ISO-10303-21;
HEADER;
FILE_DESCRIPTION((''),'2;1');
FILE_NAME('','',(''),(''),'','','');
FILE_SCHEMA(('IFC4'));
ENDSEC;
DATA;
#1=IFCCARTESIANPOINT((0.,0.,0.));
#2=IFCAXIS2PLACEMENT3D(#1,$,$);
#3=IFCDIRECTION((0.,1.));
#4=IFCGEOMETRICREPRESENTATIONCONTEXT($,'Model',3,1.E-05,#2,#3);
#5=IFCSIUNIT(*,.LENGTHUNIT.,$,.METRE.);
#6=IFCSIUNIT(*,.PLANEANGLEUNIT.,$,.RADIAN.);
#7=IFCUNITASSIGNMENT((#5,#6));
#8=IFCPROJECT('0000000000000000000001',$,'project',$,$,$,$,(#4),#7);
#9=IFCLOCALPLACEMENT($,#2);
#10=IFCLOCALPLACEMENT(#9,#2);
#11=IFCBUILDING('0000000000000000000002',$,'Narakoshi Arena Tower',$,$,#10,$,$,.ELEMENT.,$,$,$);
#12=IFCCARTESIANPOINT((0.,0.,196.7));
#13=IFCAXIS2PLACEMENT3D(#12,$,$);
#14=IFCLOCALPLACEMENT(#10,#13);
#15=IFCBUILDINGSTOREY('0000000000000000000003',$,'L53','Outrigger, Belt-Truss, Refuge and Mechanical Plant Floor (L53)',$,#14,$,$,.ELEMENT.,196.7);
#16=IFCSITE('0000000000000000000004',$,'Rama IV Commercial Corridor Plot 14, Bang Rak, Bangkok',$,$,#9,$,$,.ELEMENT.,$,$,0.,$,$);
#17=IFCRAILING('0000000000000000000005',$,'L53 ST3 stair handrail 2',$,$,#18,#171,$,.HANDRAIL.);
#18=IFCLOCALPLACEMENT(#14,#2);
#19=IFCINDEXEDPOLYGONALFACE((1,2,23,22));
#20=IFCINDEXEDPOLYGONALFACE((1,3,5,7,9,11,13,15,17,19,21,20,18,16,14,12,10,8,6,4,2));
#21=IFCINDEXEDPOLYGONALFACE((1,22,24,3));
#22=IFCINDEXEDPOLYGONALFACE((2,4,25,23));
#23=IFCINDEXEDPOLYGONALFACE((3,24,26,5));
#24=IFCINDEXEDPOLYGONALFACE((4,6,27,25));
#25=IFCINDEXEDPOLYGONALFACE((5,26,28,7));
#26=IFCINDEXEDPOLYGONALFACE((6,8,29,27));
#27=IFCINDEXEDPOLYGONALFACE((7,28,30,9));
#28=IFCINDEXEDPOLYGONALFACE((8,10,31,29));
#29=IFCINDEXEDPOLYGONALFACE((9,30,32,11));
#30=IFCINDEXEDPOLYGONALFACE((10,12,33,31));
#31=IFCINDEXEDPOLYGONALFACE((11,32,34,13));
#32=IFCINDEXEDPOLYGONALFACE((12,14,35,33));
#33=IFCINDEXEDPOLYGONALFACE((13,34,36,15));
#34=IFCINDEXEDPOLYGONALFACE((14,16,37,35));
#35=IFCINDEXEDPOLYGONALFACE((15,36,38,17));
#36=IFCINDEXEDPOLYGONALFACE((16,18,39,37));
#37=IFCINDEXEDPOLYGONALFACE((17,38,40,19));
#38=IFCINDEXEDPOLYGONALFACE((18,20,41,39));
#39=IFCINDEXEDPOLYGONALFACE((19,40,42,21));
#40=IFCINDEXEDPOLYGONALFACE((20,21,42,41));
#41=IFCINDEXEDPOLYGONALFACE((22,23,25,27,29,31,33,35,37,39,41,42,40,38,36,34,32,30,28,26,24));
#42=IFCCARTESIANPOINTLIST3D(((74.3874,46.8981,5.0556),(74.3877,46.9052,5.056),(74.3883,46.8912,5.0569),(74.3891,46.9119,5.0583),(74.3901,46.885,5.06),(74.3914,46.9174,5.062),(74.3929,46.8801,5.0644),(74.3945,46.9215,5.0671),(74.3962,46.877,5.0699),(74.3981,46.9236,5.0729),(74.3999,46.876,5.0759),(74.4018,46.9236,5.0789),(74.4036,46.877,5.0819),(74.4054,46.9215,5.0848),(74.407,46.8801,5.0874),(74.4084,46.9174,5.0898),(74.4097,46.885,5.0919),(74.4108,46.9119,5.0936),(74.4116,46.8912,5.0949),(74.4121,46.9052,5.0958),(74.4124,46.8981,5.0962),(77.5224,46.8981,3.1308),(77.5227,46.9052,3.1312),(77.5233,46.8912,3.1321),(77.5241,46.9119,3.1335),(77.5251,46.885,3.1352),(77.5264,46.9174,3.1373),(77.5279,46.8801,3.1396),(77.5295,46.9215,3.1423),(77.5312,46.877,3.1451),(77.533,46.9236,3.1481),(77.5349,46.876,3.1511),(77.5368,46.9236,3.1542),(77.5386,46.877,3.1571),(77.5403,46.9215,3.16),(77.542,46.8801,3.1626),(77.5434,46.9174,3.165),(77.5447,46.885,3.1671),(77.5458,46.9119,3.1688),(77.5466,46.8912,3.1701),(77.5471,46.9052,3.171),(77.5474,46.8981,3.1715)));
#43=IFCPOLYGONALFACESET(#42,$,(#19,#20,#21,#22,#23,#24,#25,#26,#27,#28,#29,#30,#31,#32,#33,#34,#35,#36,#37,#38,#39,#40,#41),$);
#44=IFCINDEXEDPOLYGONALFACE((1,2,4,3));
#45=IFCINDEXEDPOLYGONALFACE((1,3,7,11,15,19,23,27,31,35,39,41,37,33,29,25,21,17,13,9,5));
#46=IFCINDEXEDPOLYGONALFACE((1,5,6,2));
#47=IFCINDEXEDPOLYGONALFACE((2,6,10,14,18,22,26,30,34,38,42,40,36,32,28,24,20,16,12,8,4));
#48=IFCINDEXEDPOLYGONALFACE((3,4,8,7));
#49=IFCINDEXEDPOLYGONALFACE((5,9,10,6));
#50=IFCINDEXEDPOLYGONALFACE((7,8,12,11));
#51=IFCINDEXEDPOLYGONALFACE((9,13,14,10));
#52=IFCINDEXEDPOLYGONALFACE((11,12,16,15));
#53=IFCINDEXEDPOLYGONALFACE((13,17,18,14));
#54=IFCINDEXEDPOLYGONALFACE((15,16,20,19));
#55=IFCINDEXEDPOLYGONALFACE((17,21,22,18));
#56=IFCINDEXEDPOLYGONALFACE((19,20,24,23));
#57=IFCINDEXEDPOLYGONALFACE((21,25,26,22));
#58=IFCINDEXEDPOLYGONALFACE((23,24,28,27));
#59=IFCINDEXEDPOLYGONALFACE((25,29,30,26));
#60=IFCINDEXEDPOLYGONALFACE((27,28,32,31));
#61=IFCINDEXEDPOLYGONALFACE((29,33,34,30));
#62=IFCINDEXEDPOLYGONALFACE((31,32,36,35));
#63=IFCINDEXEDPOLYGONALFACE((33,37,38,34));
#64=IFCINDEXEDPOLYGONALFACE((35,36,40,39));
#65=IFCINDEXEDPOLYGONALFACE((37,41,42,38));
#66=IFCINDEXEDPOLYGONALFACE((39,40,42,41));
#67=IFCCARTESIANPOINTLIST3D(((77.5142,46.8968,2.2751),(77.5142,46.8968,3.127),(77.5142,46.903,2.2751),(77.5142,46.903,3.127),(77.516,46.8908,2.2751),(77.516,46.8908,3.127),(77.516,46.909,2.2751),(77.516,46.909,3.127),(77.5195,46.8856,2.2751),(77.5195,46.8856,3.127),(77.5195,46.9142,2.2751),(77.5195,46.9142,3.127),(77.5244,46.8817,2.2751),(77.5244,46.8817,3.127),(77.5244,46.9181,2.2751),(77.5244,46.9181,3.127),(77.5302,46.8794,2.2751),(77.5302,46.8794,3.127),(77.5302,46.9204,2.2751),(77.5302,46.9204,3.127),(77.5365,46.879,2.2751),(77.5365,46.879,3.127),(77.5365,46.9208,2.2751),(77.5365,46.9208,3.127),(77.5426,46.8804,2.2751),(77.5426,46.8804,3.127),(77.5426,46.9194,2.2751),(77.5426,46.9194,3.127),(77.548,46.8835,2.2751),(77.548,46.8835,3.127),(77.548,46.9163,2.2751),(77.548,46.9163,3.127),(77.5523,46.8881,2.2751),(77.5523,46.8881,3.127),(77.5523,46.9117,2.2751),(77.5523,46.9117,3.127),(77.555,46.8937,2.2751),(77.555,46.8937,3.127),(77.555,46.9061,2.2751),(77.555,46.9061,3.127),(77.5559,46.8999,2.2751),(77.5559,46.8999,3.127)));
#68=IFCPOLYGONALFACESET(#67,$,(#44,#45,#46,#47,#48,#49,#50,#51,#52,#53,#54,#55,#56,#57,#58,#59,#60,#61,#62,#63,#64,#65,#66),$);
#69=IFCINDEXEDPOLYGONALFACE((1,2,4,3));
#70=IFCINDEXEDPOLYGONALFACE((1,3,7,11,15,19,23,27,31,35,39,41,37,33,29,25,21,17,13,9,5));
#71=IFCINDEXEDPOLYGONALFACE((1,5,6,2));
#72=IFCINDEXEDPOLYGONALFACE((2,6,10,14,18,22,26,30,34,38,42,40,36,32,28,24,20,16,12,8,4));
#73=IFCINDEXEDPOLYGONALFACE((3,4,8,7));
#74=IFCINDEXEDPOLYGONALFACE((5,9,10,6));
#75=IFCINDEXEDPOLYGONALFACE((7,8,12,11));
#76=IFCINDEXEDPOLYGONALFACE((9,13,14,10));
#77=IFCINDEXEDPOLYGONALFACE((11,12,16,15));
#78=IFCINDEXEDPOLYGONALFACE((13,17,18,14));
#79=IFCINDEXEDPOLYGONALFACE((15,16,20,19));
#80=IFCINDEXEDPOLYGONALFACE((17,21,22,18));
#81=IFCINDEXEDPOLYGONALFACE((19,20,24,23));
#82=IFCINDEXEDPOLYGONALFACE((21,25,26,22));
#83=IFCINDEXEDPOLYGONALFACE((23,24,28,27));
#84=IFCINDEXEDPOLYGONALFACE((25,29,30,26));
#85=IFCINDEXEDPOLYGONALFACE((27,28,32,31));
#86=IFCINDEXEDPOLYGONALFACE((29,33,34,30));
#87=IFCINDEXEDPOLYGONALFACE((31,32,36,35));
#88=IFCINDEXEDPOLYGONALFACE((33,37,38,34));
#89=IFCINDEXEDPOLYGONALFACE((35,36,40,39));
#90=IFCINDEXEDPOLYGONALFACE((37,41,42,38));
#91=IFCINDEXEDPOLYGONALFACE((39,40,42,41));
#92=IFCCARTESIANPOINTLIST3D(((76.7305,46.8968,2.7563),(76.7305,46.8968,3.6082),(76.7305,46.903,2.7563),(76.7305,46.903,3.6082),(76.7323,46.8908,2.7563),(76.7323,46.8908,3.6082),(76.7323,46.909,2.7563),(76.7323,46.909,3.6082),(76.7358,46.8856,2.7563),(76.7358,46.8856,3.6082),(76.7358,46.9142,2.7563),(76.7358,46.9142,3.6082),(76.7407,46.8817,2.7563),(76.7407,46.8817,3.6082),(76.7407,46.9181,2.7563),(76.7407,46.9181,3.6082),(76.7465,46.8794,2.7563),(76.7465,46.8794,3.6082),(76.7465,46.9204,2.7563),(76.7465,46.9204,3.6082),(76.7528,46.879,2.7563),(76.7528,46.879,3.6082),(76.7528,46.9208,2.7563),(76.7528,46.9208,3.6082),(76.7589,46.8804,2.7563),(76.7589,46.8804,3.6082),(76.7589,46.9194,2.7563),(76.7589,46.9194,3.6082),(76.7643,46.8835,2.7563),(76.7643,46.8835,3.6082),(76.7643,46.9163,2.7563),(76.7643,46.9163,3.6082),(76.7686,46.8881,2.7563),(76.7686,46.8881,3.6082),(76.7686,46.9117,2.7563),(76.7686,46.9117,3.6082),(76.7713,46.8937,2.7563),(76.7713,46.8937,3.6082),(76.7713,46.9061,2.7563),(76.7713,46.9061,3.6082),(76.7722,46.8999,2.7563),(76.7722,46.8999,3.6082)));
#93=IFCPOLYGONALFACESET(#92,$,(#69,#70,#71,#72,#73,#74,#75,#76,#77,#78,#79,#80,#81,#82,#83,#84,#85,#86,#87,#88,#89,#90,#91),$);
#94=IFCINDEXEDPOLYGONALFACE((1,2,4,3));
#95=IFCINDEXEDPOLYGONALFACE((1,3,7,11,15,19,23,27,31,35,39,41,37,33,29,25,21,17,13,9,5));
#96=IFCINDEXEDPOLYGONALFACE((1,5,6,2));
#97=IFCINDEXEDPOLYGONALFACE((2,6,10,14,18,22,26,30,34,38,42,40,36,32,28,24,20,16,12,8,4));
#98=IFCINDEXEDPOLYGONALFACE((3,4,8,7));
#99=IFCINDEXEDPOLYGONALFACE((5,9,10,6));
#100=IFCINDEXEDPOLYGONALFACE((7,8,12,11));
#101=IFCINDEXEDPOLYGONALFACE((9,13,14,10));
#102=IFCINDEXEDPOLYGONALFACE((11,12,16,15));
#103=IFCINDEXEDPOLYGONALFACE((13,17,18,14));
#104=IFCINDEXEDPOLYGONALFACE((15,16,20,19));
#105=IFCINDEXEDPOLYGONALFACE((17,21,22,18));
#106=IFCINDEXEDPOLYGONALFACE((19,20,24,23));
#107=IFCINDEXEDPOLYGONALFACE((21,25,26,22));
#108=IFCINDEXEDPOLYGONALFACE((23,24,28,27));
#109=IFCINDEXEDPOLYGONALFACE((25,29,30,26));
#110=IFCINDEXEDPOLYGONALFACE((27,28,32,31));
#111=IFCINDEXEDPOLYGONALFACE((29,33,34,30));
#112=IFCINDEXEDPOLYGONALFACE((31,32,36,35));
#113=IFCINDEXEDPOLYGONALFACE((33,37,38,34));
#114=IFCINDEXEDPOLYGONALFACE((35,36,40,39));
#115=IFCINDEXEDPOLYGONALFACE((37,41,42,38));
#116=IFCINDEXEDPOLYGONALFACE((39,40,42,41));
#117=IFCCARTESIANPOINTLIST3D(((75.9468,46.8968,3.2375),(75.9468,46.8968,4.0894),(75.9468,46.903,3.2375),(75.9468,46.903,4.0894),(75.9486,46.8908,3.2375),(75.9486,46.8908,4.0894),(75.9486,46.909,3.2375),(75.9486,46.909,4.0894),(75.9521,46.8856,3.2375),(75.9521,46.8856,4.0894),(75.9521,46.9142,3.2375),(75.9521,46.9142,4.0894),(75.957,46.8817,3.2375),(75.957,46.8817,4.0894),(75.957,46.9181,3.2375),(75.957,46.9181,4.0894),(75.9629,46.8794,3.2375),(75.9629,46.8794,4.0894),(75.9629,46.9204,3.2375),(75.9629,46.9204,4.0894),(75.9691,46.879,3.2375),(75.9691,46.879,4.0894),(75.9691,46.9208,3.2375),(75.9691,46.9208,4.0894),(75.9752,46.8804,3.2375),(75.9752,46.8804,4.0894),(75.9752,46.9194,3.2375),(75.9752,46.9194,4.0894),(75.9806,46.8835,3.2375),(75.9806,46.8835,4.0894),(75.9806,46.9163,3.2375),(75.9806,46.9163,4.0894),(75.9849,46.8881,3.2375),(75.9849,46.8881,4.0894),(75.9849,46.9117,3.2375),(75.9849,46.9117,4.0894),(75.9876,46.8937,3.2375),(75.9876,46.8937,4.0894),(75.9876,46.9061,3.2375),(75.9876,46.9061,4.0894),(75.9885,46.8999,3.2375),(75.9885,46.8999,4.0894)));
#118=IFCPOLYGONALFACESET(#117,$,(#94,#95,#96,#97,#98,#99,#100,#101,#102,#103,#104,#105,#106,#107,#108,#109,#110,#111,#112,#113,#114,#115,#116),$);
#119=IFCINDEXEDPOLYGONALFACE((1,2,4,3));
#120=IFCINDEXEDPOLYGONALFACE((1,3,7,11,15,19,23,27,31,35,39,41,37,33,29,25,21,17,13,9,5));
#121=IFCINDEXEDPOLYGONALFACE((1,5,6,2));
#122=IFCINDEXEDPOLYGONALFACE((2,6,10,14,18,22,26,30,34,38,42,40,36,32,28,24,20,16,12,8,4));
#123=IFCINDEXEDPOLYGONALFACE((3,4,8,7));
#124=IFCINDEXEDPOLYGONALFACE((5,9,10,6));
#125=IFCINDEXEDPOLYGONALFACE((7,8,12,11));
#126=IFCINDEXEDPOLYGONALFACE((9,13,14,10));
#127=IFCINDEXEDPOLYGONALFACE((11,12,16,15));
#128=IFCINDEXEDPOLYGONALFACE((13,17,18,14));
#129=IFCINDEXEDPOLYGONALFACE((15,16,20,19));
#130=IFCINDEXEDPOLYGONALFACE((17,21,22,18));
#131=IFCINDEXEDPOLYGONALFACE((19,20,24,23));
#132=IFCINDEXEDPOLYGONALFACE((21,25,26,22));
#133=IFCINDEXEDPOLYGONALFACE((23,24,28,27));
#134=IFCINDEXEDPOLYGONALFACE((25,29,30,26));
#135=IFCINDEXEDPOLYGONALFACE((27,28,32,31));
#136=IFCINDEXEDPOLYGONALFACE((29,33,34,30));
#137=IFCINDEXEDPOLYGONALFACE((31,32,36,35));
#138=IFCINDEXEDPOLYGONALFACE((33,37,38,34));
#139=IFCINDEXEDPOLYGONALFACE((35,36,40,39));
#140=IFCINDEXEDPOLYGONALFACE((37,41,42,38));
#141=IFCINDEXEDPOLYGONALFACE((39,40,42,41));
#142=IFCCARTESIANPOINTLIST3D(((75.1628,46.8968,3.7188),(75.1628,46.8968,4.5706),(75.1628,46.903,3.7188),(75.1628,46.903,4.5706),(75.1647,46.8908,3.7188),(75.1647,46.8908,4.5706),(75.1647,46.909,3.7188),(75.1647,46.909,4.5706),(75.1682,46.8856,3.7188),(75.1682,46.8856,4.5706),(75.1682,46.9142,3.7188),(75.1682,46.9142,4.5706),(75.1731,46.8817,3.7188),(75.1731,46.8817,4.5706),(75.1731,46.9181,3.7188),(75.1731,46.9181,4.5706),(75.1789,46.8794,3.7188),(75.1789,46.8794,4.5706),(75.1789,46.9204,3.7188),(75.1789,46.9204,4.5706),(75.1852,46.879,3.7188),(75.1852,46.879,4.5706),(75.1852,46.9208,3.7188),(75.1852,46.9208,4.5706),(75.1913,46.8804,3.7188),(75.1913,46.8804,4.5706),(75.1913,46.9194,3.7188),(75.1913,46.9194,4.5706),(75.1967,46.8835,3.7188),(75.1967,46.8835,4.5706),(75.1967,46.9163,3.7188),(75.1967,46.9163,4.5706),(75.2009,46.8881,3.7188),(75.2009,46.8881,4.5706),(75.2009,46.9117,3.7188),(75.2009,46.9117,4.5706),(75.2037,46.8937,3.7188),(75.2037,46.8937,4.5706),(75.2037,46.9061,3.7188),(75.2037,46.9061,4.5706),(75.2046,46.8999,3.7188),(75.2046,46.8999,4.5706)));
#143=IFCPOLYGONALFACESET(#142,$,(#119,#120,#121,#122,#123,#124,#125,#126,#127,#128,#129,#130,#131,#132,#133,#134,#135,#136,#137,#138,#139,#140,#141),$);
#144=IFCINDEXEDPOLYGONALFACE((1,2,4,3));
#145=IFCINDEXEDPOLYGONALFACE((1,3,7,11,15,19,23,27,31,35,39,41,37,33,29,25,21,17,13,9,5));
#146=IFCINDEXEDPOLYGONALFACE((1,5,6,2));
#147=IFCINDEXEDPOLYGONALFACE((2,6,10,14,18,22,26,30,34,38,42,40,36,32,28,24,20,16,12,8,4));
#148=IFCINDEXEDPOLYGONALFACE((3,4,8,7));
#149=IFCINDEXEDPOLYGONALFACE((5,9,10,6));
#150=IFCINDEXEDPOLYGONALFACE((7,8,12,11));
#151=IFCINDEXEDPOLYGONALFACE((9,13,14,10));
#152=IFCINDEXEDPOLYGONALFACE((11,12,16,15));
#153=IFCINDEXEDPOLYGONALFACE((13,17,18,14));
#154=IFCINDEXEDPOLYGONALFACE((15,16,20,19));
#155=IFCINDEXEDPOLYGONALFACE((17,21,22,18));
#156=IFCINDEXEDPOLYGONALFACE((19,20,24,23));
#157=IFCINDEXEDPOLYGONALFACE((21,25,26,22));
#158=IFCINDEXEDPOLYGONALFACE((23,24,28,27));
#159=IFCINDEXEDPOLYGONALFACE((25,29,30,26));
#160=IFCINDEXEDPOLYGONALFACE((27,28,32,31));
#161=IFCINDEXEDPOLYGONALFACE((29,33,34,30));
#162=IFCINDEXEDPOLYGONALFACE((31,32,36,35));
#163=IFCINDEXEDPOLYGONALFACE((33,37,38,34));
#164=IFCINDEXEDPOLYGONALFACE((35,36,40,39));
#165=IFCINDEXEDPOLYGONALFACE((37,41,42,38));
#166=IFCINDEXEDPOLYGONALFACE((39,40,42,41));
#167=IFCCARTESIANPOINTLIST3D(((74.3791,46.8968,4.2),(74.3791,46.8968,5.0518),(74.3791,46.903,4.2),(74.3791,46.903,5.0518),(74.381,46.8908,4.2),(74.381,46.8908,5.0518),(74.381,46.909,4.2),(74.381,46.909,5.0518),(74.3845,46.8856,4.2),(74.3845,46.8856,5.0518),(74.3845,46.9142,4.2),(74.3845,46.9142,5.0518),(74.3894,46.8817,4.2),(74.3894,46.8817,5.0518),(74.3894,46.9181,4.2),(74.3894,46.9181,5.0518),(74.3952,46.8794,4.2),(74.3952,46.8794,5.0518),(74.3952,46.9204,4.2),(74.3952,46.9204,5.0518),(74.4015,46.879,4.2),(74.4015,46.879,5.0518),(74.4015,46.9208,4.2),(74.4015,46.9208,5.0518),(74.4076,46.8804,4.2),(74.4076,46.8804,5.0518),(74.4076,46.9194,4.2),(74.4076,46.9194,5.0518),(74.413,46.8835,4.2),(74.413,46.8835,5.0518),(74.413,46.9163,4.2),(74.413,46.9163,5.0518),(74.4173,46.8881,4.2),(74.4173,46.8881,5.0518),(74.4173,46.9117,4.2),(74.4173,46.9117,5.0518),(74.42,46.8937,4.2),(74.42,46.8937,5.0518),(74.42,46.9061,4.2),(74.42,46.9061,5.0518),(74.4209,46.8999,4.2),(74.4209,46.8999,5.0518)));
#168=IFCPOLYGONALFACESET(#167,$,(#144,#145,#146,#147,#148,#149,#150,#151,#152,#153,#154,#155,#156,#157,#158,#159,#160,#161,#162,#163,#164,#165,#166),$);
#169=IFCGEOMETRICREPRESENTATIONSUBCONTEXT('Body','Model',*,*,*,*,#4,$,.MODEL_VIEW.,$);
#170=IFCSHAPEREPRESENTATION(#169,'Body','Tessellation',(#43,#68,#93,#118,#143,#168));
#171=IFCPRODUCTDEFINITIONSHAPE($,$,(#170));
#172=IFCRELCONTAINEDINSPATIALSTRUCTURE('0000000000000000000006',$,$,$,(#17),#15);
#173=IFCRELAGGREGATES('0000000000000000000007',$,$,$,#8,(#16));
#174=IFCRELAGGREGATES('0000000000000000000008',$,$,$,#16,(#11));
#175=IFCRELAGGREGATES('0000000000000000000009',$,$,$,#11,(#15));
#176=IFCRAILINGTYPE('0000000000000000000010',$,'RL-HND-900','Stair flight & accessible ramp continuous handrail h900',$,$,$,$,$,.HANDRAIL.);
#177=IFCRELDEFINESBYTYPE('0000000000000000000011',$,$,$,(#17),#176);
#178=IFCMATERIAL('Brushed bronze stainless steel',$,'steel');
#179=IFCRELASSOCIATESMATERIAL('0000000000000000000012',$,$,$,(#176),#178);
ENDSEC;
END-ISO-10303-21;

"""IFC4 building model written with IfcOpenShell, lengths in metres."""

from ifc_helpers import new_model, si_unit, direction, frame, origin, origin_2d, place, context, subcontext, project, spatial, circle, extrude, material, type_object, element, save


model = new_model("IFC4")

# Units and contexts
model_context = context("Model", 3, precision=1e-05, world=origin(), true_north=direction((0.0, 1.0)))
body_context = subcontext(model_context, "Body", "Model", "MODEL_VIEW")
ifc_project = project(units=[si_unit("LENGTHUNIT", "METRE"), si_unit("PLANEANGLEUNIT", "RADIAN")], contexts=[model_context])

# Site, building, storey
site_placement = place(None, origin())
site = spatial("IfcSite", under=ifc_project, at=site_placement, Name="Rama IV Commercial Corridor Plot 14, Bang Rak, Bangkok", CompositionType="ELEMENT", RefElevation=0.0)
building_placement = place(site_placement, origin())
building = spatial("IfcBuilding", under=site, at=building_placement, Name="Narakoshi Arena Tower", CompositionType="ELEMENT")
storey_placement = place(building_placement, frame((0.0, 0.0, 196.7)))
storey = spatial("IfcBuildingStorey", under=building, at=storey_placement, Name="L53", Description="Outrigger, Belt-Truss, Refuge and Mechanical Plant Floor (L53)", CompositionType="ELEMENT", Elevation=196.7)

# Shared definitions
ifc_material_1 = material(Name="Brushed bronze stainless steel", Category="steel")

# Railing
railing_type_1 = type_object("IfcRailingType", Name="RL-HND-900", Description="Stair flight & accessible ramp continuous handrail h900", PredefinedType="HANDRAIL", material=ifc_material_1)
railing_1_placement = place(storey_placement, frame((77.5349, 46.8999, 2.2751)))
element("IfcRailing", 1, at=railing_1_placement, inside=storey, type_object=railing_type_1, Name="L53 ST3 stair handrail 2", PredefinedType="HANDRAIL", context=body_context, shape_type="SweptSolid", body=[
    extrude(circle(Radius=0.0239, at=origin_2d()), frame((0.0, 0.0, 0.876), z_axis=(-0.852196, 0.0, 0.523223), x_axis=(0.0, -1.0, 0.0)), (0.0, 0.0, 1.0), 3.6787),
    extrude(circle(Radius=0.021, at=origin_2d()), origin(), (0.0, 0.0, 1.0), 0.8518),
    extrude(circle(Radius=0.021, at=origin_2d()), frame((-0.7837, 0.0, 0.4812)), (0.0, 0.0, 1.0), 0.8518),
    extrude(circle(Radius=0.021, at=origin_2d()), frame((-1.5674, 0.0, 0.9624)), (0.0, 0.0, 1.0), 0.8518),
    extrude(circle(Radius=0.021, at=origin_2d()), frame((-2.3513, 0.0, 1.4436)), (0.0, 0.0, 1.0), 0.8518),
    extrude(circle(Radius=0.021, at=origin_2d()), frame((-3.135, 0.0, 1.9248)), (0.0, 0.0, 1.0), 0.8518),
])

save(model, "model.ifc")
